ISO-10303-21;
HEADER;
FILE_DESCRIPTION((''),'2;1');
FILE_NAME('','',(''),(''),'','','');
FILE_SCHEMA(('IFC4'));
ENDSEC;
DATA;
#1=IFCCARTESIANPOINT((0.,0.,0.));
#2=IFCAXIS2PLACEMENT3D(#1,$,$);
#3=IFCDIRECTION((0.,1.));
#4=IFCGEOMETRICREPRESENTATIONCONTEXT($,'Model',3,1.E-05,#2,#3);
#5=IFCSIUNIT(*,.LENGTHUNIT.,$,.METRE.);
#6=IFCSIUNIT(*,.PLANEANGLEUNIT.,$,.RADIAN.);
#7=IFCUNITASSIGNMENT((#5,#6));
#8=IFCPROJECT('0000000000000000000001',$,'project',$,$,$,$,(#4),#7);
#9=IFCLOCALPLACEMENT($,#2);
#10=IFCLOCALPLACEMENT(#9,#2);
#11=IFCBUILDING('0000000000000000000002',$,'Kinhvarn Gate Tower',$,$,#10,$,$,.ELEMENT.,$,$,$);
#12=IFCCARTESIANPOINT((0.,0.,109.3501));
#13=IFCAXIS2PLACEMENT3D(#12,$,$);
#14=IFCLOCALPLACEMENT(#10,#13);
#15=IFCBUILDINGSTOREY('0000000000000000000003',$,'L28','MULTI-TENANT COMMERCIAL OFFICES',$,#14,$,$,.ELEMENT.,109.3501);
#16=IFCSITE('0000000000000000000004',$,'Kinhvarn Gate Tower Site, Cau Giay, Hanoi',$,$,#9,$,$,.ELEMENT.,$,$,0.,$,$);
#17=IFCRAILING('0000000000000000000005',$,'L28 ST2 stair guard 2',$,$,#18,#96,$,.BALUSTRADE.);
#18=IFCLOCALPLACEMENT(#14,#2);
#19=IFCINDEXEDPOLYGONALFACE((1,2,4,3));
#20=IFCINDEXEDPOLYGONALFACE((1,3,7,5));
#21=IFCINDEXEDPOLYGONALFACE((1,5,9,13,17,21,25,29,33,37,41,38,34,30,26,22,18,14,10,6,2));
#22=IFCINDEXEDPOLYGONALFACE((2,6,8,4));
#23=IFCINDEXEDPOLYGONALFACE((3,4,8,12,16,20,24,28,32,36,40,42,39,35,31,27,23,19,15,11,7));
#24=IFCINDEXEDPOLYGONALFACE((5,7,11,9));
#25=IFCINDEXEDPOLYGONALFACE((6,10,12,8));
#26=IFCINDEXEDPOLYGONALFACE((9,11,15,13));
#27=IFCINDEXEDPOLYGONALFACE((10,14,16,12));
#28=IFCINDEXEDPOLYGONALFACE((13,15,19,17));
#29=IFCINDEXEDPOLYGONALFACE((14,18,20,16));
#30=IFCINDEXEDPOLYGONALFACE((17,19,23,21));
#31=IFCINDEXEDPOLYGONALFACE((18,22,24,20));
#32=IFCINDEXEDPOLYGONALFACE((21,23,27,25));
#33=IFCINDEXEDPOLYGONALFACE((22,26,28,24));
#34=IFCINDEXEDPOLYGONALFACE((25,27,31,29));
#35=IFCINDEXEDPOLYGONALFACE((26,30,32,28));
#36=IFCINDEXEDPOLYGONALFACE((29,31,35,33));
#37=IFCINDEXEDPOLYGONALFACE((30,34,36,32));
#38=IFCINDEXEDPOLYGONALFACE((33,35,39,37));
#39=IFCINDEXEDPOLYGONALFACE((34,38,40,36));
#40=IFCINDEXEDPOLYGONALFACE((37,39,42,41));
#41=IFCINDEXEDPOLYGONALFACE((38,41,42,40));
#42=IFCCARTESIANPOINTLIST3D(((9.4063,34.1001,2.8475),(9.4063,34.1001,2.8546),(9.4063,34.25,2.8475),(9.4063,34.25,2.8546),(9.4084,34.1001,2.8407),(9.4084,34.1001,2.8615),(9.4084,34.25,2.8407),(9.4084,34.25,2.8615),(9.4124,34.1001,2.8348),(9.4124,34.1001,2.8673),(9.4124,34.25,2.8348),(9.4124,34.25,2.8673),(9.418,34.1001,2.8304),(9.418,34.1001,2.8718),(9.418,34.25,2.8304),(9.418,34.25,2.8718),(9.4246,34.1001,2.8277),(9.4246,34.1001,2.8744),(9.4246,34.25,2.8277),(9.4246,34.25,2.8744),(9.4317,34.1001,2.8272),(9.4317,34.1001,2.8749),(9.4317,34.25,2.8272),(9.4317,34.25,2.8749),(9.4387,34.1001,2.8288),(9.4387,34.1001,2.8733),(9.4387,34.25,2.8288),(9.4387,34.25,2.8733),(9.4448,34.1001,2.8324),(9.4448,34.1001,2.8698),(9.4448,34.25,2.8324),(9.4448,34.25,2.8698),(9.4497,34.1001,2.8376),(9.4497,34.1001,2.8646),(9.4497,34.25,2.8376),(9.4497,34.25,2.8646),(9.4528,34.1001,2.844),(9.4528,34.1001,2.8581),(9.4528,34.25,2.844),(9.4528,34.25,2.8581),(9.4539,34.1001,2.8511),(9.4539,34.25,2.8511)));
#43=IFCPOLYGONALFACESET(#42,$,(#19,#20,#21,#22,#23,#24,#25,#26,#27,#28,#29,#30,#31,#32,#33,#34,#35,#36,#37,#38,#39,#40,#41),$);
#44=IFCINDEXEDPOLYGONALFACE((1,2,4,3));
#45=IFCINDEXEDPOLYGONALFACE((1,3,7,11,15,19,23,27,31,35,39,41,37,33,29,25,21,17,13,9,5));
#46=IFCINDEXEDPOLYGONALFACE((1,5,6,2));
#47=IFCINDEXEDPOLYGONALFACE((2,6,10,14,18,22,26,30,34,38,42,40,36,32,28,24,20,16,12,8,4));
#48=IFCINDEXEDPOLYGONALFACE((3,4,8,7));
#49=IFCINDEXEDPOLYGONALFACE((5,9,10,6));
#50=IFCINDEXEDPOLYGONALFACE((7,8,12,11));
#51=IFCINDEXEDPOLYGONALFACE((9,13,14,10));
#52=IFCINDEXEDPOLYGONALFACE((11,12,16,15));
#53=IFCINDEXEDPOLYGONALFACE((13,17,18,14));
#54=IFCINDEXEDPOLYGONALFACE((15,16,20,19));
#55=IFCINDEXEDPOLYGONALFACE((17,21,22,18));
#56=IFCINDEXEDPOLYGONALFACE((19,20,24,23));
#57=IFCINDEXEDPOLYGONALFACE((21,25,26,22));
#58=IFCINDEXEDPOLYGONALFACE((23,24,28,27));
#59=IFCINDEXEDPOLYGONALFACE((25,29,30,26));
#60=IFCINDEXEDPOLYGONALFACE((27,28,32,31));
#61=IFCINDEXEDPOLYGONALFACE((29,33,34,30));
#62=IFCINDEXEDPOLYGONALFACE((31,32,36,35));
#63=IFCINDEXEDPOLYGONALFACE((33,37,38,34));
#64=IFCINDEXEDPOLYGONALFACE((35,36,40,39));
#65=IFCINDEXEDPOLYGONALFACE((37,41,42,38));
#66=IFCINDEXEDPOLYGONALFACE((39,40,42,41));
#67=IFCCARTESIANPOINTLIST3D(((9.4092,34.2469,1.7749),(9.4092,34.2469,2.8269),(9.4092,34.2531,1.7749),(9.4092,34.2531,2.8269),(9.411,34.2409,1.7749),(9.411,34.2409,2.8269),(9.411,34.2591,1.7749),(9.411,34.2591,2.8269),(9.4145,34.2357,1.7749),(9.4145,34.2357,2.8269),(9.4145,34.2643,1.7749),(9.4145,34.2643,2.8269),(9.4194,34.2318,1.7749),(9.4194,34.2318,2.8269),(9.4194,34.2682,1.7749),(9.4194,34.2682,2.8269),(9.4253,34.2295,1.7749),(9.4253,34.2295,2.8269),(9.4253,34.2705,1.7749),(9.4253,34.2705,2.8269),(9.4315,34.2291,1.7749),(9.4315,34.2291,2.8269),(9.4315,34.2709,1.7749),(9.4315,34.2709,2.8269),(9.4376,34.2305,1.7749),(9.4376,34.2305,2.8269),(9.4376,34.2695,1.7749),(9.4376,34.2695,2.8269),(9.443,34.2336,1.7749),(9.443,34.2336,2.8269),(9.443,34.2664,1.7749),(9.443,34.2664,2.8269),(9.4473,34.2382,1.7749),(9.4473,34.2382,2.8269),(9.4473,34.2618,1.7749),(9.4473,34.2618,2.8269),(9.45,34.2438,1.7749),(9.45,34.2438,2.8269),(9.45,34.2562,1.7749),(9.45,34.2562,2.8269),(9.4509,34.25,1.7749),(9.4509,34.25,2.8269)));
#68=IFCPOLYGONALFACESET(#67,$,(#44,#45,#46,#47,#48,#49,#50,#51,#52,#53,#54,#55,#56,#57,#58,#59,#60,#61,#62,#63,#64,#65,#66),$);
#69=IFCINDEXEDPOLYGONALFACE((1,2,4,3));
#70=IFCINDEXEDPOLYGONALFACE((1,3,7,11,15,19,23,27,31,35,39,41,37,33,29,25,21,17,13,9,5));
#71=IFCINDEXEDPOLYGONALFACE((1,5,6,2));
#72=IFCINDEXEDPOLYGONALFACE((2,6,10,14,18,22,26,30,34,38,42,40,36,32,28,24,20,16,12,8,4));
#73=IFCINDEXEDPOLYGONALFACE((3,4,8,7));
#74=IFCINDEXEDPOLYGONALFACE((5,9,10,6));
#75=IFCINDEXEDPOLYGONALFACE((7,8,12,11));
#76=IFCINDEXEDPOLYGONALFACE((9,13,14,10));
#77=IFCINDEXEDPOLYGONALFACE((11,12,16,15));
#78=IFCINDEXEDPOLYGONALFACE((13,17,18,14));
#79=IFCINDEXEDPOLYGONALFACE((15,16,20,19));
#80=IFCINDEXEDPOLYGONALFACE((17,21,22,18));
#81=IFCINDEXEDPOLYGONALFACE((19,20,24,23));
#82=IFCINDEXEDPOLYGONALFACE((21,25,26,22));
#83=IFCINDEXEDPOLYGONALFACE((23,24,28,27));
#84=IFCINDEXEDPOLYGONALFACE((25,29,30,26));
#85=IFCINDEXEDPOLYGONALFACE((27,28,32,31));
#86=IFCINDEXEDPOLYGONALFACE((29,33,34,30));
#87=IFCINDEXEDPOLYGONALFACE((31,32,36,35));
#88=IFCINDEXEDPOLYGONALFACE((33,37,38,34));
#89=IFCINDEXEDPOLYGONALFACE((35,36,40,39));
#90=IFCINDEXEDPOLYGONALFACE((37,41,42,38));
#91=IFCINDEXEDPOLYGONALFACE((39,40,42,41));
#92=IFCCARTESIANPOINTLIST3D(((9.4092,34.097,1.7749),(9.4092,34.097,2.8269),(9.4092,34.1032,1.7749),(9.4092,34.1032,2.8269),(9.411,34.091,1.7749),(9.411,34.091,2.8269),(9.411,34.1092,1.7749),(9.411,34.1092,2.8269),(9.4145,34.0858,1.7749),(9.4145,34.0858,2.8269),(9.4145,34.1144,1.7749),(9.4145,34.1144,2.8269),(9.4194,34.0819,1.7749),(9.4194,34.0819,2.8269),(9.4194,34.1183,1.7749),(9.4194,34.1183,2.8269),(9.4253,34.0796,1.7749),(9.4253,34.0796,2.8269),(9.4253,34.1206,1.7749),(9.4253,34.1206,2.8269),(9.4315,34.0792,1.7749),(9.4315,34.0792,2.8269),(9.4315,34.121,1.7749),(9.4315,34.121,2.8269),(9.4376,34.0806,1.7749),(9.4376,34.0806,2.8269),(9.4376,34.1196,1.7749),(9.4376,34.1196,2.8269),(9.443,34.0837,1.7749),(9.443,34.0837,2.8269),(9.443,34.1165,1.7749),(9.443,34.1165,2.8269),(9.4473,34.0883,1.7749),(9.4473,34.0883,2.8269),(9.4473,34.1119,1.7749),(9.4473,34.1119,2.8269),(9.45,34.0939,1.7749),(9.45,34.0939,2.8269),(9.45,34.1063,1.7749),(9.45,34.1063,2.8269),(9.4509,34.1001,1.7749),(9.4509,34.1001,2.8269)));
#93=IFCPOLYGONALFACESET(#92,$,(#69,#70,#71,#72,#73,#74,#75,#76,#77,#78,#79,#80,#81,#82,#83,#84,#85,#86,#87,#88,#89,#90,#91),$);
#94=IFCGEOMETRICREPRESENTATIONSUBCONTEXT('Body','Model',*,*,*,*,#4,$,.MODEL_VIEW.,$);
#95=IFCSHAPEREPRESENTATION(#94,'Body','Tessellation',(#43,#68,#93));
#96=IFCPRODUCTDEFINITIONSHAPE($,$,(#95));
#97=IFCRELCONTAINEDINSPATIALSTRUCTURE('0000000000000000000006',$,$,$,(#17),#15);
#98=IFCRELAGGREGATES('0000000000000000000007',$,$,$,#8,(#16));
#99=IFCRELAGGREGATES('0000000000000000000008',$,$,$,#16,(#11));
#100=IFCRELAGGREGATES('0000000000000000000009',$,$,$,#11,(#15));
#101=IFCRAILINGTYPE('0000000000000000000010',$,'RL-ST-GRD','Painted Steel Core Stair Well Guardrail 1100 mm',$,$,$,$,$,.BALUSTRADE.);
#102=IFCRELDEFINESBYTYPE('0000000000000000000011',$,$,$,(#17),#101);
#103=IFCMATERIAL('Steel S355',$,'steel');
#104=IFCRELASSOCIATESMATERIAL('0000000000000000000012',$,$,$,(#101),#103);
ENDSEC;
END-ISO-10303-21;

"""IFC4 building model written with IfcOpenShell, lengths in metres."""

from ifc_helpers import new_model, si_unit, direction, frame, origin, origin_2d, place, context, subcontext, project, spatial, circle, extrude, material, type_object, element, save


model = new_model("IFC4")

# Units and contexts
model_context = context("Model", 3, precision=1e-05, world=origin(), true_north=direction((0.0, 1.0)))
body_context = subcontext(model_context, "Body", "Model", "MODEL_VIEW")
ifc_project = project(units=[si_unit("LENGTHUNIT", "METRE"), si_unit("PLANEANGLEUNIT", "RADIAN")], contexts=[model_context])

# Site, building, storey
site_placement = place(None, origin())
site = spatial("IfcSite", under=ifc_project, at=site_placement, Name="Kinhvarn Gate Tower Site, Cau Giay, Hanoi", CompositionType="ELEMENT", RefElevation=0.0)
building_placement = place(site_placement, origin())
building = spatial("IfcBuilding", under=site, at=building_placement, Name="Kinhvarn Gate Tower", CompositionType="ELEMENT")
storey_placement = place(building_placement, frame((0.0, 0.0, 109.3501)))
storey = spatial("IfcBuildingStorey", under=building, at=storey_placement, Name="L28", Description="MULTI-TENANT COMMERCIAL OFFICES", CompositionType="ELEMENT", Elevation=109.3501)

# Shared definitions
ifc_material_1 = material(Name="Steel S355", Category="steel")

# Railing
railing_type_1 = type_object("IfcRailingType", Name="RL-ST-GRD", Description="Painted Steel Core Stair Well Guardrail 1100 mm", PredefinedType="BALUSTRADE", material=ifc_material_1)
railing_1_placement = place(storey_placement, frame((9.4299, 34.25, 1.7749)))
element("IfcRailing", 1, at=railing_1_placement, inside=storey, type_object=railing_type_1, Name="L28 ST2 stair guard 2", PredefinedType="BALUSTRADE", context=body_context, shape_type="SweptSolid", body=[
    extrude(circle(Radius=0.0239, at=origin_2d()), frame((0.0, 0.0, 1.0762), z_axis=(0.0, -1.0, 0.0), x_axis=(1.0, 0.0, 0.0)), (0.0, 0.0, 1.0), 0.1499),
    extrude(circle(Radius=0.021, at=origin_2d()), origin(), (0.0, 0.0, 1.0), 1.052),
    extrude(circle(Radius=0.021, at=origin_2d()), frame((0.0, -0.1499, 0.0)), (0.0, 0.0, 1.0), 1.052),
])

save(model, "model.ifc")
